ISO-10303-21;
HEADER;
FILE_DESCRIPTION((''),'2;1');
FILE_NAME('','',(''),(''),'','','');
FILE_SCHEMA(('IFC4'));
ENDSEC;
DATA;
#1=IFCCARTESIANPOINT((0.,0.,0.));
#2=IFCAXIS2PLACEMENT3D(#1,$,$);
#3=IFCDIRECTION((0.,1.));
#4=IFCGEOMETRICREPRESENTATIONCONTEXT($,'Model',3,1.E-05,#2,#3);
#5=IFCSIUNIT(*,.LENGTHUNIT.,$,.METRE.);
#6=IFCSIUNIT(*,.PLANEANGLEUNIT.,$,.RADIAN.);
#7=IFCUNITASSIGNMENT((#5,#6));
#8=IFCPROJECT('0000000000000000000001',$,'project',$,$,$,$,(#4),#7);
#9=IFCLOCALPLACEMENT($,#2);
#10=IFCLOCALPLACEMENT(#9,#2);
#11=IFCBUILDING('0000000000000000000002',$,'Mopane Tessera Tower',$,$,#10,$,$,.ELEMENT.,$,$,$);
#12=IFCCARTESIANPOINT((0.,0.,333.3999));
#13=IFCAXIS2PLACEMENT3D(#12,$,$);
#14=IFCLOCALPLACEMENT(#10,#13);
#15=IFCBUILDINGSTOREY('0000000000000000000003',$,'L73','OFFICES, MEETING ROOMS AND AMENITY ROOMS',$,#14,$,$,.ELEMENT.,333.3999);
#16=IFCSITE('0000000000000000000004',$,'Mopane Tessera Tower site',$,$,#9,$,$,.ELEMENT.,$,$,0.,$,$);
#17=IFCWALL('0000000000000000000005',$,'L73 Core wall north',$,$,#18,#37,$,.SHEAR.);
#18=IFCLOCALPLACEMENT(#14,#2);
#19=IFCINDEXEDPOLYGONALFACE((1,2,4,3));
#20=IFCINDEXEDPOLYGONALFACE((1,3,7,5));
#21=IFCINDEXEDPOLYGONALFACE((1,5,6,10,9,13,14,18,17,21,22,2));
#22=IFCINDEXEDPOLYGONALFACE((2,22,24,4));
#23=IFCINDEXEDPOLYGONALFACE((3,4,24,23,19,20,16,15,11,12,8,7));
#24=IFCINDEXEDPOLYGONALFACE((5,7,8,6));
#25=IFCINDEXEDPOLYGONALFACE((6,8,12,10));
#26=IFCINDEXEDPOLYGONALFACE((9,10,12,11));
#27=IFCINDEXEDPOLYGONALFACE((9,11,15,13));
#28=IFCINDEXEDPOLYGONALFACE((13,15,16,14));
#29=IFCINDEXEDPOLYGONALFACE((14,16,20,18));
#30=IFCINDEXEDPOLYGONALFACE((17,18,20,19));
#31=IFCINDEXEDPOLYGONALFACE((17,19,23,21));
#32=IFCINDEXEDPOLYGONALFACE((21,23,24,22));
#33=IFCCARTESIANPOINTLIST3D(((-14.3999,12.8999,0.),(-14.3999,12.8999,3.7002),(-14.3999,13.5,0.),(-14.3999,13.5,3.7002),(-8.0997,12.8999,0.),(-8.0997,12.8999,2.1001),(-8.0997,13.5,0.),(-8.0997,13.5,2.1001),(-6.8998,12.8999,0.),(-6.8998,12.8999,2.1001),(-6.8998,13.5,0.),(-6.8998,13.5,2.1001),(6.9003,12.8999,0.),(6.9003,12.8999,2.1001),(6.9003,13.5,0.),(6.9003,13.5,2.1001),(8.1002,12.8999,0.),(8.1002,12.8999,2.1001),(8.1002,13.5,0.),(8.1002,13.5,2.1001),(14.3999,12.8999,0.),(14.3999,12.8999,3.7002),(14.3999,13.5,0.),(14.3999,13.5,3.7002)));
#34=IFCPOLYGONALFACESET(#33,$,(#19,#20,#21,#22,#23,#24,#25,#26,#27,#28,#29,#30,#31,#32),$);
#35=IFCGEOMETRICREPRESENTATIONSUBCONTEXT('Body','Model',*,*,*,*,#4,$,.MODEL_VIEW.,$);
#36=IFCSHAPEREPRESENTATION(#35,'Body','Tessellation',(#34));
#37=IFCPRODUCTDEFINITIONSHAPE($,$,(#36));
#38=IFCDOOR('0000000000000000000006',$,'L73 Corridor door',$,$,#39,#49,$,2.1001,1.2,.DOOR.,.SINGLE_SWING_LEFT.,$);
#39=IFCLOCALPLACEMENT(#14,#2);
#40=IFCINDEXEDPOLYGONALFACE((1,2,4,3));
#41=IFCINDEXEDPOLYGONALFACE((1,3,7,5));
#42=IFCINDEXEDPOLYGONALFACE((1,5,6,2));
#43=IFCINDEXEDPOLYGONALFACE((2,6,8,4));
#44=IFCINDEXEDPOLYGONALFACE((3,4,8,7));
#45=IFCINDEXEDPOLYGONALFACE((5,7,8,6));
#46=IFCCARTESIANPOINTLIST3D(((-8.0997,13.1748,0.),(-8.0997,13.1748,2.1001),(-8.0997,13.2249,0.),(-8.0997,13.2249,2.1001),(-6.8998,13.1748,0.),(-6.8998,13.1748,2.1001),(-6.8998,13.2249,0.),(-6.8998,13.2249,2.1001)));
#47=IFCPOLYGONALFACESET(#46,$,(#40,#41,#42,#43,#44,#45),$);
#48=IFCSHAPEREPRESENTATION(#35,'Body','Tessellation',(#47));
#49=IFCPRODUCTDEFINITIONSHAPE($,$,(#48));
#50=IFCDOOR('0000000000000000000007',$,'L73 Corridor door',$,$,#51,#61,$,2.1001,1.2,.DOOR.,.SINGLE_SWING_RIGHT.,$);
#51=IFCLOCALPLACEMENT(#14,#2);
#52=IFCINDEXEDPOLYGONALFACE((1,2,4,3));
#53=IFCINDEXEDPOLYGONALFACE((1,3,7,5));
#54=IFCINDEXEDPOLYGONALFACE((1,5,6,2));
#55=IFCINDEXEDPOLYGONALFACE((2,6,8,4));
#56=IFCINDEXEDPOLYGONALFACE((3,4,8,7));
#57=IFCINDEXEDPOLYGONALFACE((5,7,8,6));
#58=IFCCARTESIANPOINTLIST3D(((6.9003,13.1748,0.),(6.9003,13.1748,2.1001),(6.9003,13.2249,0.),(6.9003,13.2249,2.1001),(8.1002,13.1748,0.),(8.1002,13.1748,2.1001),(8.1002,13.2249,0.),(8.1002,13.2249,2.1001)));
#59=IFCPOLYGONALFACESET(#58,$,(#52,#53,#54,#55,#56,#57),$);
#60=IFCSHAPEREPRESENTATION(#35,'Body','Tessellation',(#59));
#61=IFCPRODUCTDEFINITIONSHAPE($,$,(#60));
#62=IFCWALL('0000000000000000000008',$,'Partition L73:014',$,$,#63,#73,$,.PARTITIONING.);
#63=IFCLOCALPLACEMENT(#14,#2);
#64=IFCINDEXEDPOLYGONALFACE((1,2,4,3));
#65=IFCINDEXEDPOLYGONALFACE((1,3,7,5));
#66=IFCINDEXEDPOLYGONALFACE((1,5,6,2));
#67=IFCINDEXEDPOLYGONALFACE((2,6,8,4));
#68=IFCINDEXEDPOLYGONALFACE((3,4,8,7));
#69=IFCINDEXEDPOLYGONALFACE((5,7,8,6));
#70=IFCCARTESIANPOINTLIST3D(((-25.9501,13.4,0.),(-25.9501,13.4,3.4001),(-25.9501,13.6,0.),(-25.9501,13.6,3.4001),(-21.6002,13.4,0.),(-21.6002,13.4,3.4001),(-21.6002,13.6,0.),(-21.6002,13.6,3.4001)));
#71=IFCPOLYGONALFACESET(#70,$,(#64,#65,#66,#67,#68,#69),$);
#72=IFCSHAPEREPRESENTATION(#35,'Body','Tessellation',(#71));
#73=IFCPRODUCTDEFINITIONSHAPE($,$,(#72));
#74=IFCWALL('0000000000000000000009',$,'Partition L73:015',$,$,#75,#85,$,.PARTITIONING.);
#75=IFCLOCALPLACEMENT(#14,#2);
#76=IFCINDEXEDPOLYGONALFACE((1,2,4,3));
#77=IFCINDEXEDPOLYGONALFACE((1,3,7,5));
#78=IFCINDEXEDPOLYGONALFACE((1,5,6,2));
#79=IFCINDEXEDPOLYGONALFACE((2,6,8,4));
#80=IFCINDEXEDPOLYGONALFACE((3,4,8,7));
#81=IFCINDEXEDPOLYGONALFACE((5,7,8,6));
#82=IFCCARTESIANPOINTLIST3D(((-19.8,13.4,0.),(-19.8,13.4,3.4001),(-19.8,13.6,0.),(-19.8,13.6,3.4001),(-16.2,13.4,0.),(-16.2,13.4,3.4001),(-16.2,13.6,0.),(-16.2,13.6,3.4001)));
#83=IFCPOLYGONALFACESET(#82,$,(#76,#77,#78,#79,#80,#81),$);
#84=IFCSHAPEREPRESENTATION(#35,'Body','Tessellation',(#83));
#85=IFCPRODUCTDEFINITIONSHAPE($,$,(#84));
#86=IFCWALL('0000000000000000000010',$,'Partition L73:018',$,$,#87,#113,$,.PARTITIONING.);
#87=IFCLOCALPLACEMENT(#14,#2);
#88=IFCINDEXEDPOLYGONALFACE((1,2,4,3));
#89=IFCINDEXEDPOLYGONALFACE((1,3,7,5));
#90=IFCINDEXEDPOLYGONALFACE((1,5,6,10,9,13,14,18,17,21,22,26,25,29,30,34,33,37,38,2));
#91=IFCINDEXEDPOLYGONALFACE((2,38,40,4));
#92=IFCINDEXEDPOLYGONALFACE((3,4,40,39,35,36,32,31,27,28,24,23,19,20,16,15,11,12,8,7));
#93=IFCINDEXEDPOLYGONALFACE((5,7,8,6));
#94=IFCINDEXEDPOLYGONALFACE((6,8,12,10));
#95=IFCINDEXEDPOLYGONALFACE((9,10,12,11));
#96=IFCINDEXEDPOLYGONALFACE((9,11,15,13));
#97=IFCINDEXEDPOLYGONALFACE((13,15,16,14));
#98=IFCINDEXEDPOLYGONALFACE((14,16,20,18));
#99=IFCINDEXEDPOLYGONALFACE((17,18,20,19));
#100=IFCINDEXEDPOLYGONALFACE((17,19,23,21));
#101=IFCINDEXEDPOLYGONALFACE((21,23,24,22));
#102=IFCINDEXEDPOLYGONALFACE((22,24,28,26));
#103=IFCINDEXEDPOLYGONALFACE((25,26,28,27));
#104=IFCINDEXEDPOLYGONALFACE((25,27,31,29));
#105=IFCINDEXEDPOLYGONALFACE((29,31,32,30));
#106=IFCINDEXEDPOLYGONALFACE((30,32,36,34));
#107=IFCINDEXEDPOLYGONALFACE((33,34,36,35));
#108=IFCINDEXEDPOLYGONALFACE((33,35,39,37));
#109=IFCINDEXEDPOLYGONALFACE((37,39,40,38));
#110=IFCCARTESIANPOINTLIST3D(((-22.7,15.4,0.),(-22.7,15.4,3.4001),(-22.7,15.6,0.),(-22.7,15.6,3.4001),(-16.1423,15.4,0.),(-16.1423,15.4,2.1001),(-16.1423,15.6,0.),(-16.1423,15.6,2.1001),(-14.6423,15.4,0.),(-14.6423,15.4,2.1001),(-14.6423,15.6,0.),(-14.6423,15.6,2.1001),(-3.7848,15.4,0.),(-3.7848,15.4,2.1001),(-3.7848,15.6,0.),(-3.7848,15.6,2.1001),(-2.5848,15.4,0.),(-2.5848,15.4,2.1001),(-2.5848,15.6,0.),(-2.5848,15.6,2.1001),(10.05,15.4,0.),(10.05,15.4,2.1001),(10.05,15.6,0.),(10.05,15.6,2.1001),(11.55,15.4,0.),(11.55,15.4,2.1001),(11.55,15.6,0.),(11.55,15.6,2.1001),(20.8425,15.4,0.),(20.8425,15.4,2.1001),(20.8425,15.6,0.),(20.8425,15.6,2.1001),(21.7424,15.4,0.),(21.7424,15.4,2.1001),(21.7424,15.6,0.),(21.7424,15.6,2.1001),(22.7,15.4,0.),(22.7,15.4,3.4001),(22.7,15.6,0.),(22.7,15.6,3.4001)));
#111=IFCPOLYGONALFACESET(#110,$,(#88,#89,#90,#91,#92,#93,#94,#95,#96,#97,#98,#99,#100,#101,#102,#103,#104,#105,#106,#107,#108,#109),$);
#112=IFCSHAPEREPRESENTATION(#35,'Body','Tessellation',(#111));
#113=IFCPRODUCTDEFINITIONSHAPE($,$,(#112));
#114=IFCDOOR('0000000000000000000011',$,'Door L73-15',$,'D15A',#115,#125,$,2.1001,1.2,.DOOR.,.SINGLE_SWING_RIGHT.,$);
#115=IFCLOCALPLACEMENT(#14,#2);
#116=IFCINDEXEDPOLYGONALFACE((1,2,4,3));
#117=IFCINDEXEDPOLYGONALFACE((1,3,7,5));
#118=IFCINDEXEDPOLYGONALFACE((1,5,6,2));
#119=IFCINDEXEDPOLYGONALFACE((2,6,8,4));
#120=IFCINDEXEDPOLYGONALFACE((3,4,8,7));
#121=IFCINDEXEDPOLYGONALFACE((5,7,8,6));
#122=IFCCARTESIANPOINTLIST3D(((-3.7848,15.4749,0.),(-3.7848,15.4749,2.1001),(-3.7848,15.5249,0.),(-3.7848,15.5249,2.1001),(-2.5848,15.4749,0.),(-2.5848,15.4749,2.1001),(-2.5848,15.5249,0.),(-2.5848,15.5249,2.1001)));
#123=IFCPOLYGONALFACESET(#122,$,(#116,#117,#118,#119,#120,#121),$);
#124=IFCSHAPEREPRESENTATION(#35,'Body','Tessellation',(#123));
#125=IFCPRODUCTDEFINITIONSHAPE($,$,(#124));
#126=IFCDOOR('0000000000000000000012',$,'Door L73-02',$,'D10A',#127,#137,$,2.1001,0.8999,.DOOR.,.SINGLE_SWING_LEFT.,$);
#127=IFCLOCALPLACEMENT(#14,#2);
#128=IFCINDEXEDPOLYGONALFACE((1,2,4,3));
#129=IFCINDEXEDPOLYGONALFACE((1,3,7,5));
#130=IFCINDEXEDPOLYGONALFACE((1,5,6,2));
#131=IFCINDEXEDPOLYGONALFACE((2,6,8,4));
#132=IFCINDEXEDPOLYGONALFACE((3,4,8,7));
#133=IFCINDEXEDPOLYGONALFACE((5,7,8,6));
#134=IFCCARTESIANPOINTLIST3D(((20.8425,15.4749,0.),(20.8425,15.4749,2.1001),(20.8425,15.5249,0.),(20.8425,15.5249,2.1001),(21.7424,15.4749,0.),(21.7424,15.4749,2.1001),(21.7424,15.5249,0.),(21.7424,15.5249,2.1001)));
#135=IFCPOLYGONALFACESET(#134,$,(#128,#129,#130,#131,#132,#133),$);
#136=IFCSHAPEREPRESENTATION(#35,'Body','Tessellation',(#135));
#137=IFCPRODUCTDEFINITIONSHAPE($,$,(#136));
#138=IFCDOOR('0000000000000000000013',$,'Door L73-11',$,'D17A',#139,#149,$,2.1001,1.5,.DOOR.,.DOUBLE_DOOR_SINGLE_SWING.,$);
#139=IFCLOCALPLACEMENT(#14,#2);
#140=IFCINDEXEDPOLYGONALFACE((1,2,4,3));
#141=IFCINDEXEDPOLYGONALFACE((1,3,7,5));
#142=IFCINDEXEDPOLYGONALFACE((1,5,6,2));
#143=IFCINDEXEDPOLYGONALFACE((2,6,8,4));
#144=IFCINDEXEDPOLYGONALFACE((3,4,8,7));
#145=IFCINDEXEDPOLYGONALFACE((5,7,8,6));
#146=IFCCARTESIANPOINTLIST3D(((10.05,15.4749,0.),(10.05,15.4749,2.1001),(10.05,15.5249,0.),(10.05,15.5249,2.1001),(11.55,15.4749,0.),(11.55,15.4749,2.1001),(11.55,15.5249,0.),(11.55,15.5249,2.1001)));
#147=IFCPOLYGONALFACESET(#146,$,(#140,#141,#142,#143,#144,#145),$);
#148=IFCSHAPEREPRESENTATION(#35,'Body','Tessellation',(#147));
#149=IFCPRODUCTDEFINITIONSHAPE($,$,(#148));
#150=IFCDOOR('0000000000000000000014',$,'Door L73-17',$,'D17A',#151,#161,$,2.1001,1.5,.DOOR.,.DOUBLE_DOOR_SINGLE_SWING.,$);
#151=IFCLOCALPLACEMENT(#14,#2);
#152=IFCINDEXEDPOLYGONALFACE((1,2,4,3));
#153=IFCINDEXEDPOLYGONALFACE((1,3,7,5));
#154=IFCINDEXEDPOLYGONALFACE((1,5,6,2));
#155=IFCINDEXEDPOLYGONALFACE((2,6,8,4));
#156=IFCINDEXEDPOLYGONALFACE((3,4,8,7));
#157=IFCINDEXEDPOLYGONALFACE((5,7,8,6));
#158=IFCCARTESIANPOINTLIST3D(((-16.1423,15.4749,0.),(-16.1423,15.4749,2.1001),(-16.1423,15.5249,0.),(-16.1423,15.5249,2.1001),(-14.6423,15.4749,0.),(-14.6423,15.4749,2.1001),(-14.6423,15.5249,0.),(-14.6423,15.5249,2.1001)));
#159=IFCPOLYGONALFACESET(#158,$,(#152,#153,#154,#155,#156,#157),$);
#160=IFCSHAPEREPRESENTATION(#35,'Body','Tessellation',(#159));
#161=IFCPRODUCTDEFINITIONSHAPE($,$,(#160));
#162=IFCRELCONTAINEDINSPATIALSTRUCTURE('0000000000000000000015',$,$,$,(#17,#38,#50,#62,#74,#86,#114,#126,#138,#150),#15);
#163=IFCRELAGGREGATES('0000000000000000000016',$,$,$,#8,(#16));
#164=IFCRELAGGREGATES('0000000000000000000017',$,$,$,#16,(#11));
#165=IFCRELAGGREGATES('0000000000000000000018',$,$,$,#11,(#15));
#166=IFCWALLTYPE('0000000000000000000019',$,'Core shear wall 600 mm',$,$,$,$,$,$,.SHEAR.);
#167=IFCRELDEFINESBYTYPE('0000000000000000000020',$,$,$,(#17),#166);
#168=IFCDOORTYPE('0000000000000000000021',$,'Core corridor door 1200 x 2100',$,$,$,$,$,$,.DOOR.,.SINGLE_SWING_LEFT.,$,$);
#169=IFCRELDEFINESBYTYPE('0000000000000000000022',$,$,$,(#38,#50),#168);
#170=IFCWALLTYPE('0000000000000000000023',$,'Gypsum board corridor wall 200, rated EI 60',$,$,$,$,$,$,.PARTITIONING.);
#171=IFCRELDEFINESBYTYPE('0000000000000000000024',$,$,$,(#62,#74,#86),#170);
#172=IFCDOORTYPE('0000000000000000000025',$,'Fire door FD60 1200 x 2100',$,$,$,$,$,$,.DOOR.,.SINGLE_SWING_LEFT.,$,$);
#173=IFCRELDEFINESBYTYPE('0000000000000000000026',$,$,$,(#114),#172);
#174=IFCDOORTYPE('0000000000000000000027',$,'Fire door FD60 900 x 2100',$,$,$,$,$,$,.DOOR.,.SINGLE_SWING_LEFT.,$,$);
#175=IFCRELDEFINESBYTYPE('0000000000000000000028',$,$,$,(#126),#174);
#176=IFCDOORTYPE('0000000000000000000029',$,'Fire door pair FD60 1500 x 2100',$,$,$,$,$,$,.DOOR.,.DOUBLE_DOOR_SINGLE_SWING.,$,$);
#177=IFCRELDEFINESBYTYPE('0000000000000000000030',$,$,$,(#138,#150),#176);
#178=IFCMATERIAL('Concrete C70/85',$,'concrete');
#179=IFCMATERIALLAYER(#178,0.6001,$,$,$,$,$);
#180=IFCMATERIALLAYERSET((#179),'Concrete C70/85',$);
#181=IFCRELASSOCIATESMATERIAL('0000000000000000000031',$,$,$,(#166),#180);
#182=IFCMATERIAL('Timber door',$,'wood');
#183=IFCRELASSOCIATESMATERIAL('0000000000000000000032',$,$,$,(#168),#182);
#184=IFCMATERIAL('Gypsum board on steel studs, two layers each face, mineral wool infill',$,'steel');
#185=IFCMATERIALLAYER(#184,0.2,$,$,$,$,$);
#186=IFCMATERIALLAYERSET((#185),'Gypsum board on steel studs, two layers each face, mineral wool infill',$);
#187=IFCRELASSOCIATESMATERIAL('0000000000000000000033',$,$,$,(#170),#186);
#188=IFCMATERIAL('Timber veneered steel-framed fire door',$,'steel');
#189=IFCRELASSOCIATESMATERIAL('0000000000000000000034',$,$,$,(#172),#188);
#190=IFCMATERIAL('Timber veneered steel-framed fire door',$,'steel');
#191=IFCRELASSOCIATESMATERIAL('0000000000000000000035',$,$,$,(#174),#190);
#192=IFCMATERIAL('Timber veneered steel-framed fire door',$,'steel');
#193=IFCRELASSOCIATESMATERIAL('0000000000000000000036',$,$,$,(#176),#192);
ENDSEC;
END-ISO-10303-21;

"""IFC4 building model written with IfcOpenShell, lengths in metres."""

from ifc_helpers import new_model, si_unit, direction, frame, frame_2d, origin, place, context, subcontext, project, spatial, rectangle, extrude, material, layer, layer_set, type_object, element, fill, save


model = new_model("IFC4")

# Units and contexts
model_context = context("Model", 3, precision=1e-05, world=origin(), true_north=direction((0.0, 1.0)))
body_context = subcontext(model_context, "Body", "Model", "MODEL_VIEW")
ifc_project = project(units=[si_unit("LENGTHUNIT", "METRE"), si_unit("PLANEANGLEUNIT", "RADIAN")], contexts=[model_context])

# Site, building, storey
site_placement = place(None, origin())
site = spatial("IfcSite", under=ifc_project, at=site_placement, Name="Mopane Tessera Tower site", CompositionType="ELEMENT", RefElevation=0.0)
building_placement = place(site_placement, origin())
building = spatial("IfcBuilding", under=site, at=building_placement, Name="Mopane Tessera Tower", CompositionType="ELEMENT")
storey_placement = place(building_placement, frame((0.0, 0.0, 333.3999)))
storey = spatial("IfcBuildingStorey", under=building, at=storey_placement, Name="L73", Description="OFFICES, MEETING ROOMS AND AMENITY ROOMS", CompositionType="ELEMENT", Elevation=333.3999)

# Wall, openings, doors
ifc_material_1 = material(Name="Concrete C70/85", Category="concrete")
ifc_layer_1 = layer(ifc_material_1, 0.6001)
ifc_layer_set_1 = layer_set([ifc_layer_1], Name="Concrete C70/85")
wall_type_1 = type_object("IfcWallType", Name="Core shear wall 600 mm", PredefinedType="SHEAR", material=ifc_layer_set_1)
wall_1_placement = place(storey_placement, frame((-14.3999, 13.2, 0.0), z_axis=(0.0, 0.0, 1.0), x_axis=(1.0, 0.0, 0.0)))
wall_1 = element("IfcWall", 1, at=wall_1_placement, inside=storey, type_object=wall_type_1, Name="L73 Core wall north", PredefinedType="SHEAR", context=body_context, shape_type="SweptSolid", body=[
    extrude(rectangle(XDim=28.7998, YDim=0.6001, at=frame_2d((14.3999, 0.0))), origin(), (0.0, 0.0, 1.0), 3.7002),
])
opening_1_placement = place(wall_1_placement, frame((6.3, 0.0, 0.0)))
opening_1 = element("IfcOpeningElement", 2, at=opening_1_placement, cuts=wall_1, PredefinedType="OPENING", context=body_context, shape_type="SweptSolid", body=[
    extrude(rectangle(XDim=1.2, YDim=2.1001, at=frame_2d((0.6001, 1.05))), frame((0.0, 0.312, 0.0), z_axis=(0.0, -1.0, 0.0), x_axis=(1.0, 0.0, 0.0)), (0.0, 0.0, 1.0), 0.624),
])
opening_2_placement = place(wall_1_placement, frame((21.3, 0.0, 0.0)))
opening_2 = element("IfcOpeningElement", 3, at=opening_2_placement, cuts=wall_1, PredefinedType="OPENING", context=body_context, shape_type="SweptSolid", body=[
    extrude(rectangle(XDim=1.2, YDim=2.1001, at=frame_2d((0.6001, 1.05))), frame((0.0, 0.312, 0.0), z_axis=(0.0, -1.0, 0.0), x_axis=(1.0, 0.0, 0.0)), (0.0, 0.0, 1.0), 0.624),
])
ifc_material_2 = material(Name="Timber door", Category="wood")
door_type_1 = type_object("IfcDoorType", Name="Core corridor door 1200 x 2100", OperationType="SINGLE_SWING_LEFT", PredefinedType="DOOR", material=ifc_material_2)
door_1_placement = place(opening_1_placement, origin())
door_1 = element("IfcDoor", 4, at=door_1_placement, inside=storey, type_object=door_type_1, Name="L73 Corridor door", OperationType="SINGLE_SWING_LEFT", OverallHeight=2.1001, OverallWidth=1.2, PredefinedType="DOOR", context=body_context, shape_type="SweptSolid", body=[
    extrude(rectangle(XDim=1.2, YDim=2.1001, at=frame_2d((0.6001, 1.05))), frame((0.0, 0.0249, 0.0), z_axis=(0.0, -1.0, 0.0), x_axis=(1.0, 0.0, 0.0)), (0.0, 0.0, 1.0), 0.05),
])
fill(opening_1, door_1)
door_2_placement = place(opening_2_placement, origin())
door_2 = element("IfcDoor", 5, at=door_2_placement, inside=storey, type_object=door_type_1, Name="L73 Corridor door", OperationType="SINGLE_SWING_RIGHT", OverallHeight=2.1001, OverallWidth=1.2, PredefinedType="DOOR", context=body_context, shape_type="SweptSolid", body=[
    extrude(rectangle(XDim=1.2, YDim=2.1001, at=frame_2d((0.6001, 1.05))), frame((0.0, 0.0249, 0.0), z_axis=(0.0, -1.0, 0.0), x_axis=(1.0, 0.0, 0.0)), (0.0, 0.0, 1.0), 0.05),
])
fill(opening_2, door_2)

# Walls
ifc_material_3 = material(Name="Gypsum board on steel studs, two layers each face, mineral wool infill", Category="steel")
ifc_layer_2 = layer(ifc_material_3, 0.2)
ifc_layer_set_2 = layer_set([ifc_layer_2], Name="Gypsum board on steel studs, two layers each face, mineral wool infill")
wall_type_2 = type_object("IfcWallType", Name="Gypsum board corridor wall 200, rated EI 60", PredefinedType="PARTITIONING", material=ifc_layer_set_2)
wall_2_placement = place(storey_placement, frame((-25.95, 13.5, 0.0), z_axis=(0.0, 0.0, 1.0), x_axis=(1.0, 0.0, 0.0)))
element("IfcWall", 6, at=wall_2_placement, inside=storey, type_object=wall_type_2, Name="Partition L73:014", PredefinedType="PARTITIONING", context=body_context, shape_type="SweptSolid", body=[
    extrude(rectangle(XDim=4.3499, YDim=0.2, at=frame_2d((2.1748, 0.0))), origin(), (0.0, 0.0, 1.0), 3.4001),
])
wall_3_placement = place(storey_placement, frame((-19.8, 13.5, 0.0), z_axis=(0.0, 0.0, 1.0), x_axis=(1.0, 0.0, 0.0)))
element("IfcWall", 7, at=wall_3_placement, inside=storey, type_object=wall_type_2, Name="Partition L73:015", PredefinedType="PARTITIONING", context=body_context, shape_type="SweptSolid", body=[
    extrude(rectangle(XDim=3.6001, YDim=0.2, at=frame_2d((1.8, 0.0))), origin(), (0.0, 0.0, 1.0), 3.4001),
])

# Wall, openings, doors
wall_4_placement = place(storey_placement, frame((-22.7, 15.5, 0.0), z_axis=(0.0, 0.0, 1.0), x_axis=(1.0, 0.0, 0.0)))
wall_4 = element("IfcWall", 8, at=wall_4_placement, inside=storey, type_object=wall_type_2, Name="Partition L73:018", PredefinedType="PARTITIONING", context=body_context, shape_type="SweptSolid", body=[
    extrude(rectangle(XDim=45.3999, YDim=0.2, at=frame_2d((22.7, 0.0))), origin(), (0.0, 0.0, 1.0), 3.4001),
])
opening_3_placement = place(wall_4_placement, frame((43.5425, 0.0, 0.0)))
opening_3 = element("IfcOpeningElement", 9, at=opening_3_placement, cuts=wall_4, PredefinedType="OPENING", context=body_context, shape_type="SweptSolid", body=[
    extrude(rectangle(XDim=0.8999, YDim=2.1001, at=frame_2d((0.45, 1.05))), frame((0.0, 0.1121, 0.0), z_axis=(0.0, -1.0, 0.0), x_axis=(1.0, 0.0, 0.0)), (0.0, 0.0, 1.0), 0.2239),
])
opening_4_placement = place(wall_4_placement, frame((32.75, 0.0, 0.0)))
opening_4 = element("IfcOpeningElement", 10, at=opening_4_placement, cuts=wall_4, PredefinedType="OPENING", context=body_context, shape_type="SweptSolid", body=[
    extrude(rectangle(XDim=1.5, YDim=2.1001, at=frame_2d((0.75, 1.05))), frame((0.0, 0.1121, 0.0), z_axis=(0.0, -1.0, 0.0), x_axis=(1.0, 0.0, 0.0)), (0.0, 0.0, 1.0), 0.2239),
])
opening_5_placement = place(wall_4_placement, frame((18.915, 0.0, 0.0)))
opening_5 = element("IfcOpeningElement", 11, at=opening_5_placement, cuts=wall_4, PredefinedType="OPENING", context=body_context, shape_type="SweptSolid", body=[
    extrude(rectangle(XDim=1.2, YDim=2.1001, at=frame_2d((0.6001, 1.05))), frame((0.0, 0.1121, 0.0), z_axis=(0.0, -1.0, 0.0), x_axis=(1.0, 0.0, 0.0)), (0.0, 0.0, 1.0), 0.2239),
])
opening_6_placement = place(wall_4_placement, frame((6.5576, 0.0, 0.0)))
opening_6 = element("IfcOpeningElement", 12, at=opening_6_placement, cuts=wall_4, PredefinedType="OPENING", context=body_context, shape_type="SweptSolid", body=[
    extrude(rectangle(XDim=1.5, YDim=2.1001, at=frame_2d((0.75, 1.05))), frame((0.0, 0.1121, 0.0), z_axis=(0.0, -1.0, 0.0), x_axis=(1.0, 0.0, 0.0)), (0.0, 0.0, 1.0), 0.2239),
])
ifc_material_4 = material(Name="Timber veneered steel-framed fire door", Category="steel")
door_type_2 = type_object("IfcDoorType", Name="Fire door FD60 1200 x 2100", OperationType="SINGLE_SWING_LEFT", PredefinedType="DOOR", material=ifc_material_4)
door_3_placement = place(opening_5_placement, origin())
door_3 = element("IfcDoor", 13, at=door_3_placement, inside=storey, type_object=door_type_2, Name="Door L73-15", ObjectType="D15A", OperationType="SINGLE_SWING_RIGHT", OverallHeight=2.1001, OverallWidth=1.2, PredefinedType="DOOR", context=body_context, shape_type="SweptSolid", body=[
    extrude(rectangle(XDim=1.2, YDim=2.1001, at=frame_2d((0.6001, 1.05))), frame((0.0, 0.0249, 0.0), z_axis=(0.0, -1.0, 0.0), x_axis=(1.0, 0.0, 0.0)), (0.0, 0.0, 1.0), 0.05),
])
fill(opening_5, door_3)
ifc_material_5 = material(Name="Timber veneered steel-framed fire door", Category="steel")
door_type_3 = type_object("IfcDoorType", Name="Fire door FD60 900 x 2100", OperationType="SINGLE_SWING_LEFT", PredefinedType="DOOR", material=ifc_material_5)
door_4_placement = place(opening_3_placement, origin())
door_4 = element("IfcDoor", 14, at=door_4_placement, inside=storey, type_object=door_type_3, Name="Door L73-02", ObjectType="D10A", OperationType="SINGLE_SWING_LEFT", OverallHeight=2.1001, OverallWidth=0.8999, PredefinedType="DOOR", context=body_context, shape_type="SweptSolid", body=[
    extrude(rectangle(XDim=0.8999, YDim=2.1001, at=frame_2d((0.45, 1.05))), frame((0.0, 0.0249, 0.0), z_axis=(0.0, -1.0, 0.0), x_axis=(1.0, 0.0, 0.0)), (0.0, 0.0, 1.0), 0.05),
])
fill(opening_3, door_4)
ifc_material_6 = material(Name="Timber veneered steel-framed fire door", Category="steel")
door_type_4 = type_object("IfcDoorType", Name="Fire door pair FD60 1500 x 2100", OperationType="DOUBLE_DOOR_SINGLE_SWING", PredefinedType="DOOR", material=ifc_material_6)
door_5_placement = place(opening_4_placement, origin())
door_5 = element("IfcDoor", 15, at=door_5_placement, inside=storey, type_object=door_type_4, Name="Door L73-11", ObjectType="D17A", OperationType="DOUBLE_DOOR_SINGLE_SWING", OverallHeight=2.1001, OverallWidth=1.5, PredefinedType="DOOR", context=body_context, shape_type="SweptSolid", body=[
    extrude(rectangle(XDim=1.5, YDim=2.1001, at=frame_2d((0.75, 1.05))), frame((0.0, 0.0249, 0.0), z_axis=(0.0, -1.0, 0.0), x_axis=(1.0, 0.0, 0.0)), (0.0, 0.0, 1.0), 0.05),
])
fill(opening_4, door_5)
door_6_placement = place(opening_6_placement, origin())
door_6 = element("IfcDoor", 16, at=door_6_placement, inside=storey, type_object=door_type_4, Name="Door L73-17", ObjectType="D17A", OperationType="DOUBLE_DOOR_SINGLE_SWING", OverallHeight=2.1001, OverallWidth=1.5, PredefinedType="DOOR", context=body_context, shape_type="SweptSolid", body=[
    extrude(rectangle(XDim=1.5, YDim=2.1001, at=frame_2d((0.75, 1.05))), frame((0.0, 0.0249, 0.0), z_axis=(0.0, -1.0, 0.0), x_axis=(1.0, 0.0, 0.0)), (0.0, 0.0, 1.0), 0.05),
])
fill(opening_6, door_6)

save(model, "model.ifc")
